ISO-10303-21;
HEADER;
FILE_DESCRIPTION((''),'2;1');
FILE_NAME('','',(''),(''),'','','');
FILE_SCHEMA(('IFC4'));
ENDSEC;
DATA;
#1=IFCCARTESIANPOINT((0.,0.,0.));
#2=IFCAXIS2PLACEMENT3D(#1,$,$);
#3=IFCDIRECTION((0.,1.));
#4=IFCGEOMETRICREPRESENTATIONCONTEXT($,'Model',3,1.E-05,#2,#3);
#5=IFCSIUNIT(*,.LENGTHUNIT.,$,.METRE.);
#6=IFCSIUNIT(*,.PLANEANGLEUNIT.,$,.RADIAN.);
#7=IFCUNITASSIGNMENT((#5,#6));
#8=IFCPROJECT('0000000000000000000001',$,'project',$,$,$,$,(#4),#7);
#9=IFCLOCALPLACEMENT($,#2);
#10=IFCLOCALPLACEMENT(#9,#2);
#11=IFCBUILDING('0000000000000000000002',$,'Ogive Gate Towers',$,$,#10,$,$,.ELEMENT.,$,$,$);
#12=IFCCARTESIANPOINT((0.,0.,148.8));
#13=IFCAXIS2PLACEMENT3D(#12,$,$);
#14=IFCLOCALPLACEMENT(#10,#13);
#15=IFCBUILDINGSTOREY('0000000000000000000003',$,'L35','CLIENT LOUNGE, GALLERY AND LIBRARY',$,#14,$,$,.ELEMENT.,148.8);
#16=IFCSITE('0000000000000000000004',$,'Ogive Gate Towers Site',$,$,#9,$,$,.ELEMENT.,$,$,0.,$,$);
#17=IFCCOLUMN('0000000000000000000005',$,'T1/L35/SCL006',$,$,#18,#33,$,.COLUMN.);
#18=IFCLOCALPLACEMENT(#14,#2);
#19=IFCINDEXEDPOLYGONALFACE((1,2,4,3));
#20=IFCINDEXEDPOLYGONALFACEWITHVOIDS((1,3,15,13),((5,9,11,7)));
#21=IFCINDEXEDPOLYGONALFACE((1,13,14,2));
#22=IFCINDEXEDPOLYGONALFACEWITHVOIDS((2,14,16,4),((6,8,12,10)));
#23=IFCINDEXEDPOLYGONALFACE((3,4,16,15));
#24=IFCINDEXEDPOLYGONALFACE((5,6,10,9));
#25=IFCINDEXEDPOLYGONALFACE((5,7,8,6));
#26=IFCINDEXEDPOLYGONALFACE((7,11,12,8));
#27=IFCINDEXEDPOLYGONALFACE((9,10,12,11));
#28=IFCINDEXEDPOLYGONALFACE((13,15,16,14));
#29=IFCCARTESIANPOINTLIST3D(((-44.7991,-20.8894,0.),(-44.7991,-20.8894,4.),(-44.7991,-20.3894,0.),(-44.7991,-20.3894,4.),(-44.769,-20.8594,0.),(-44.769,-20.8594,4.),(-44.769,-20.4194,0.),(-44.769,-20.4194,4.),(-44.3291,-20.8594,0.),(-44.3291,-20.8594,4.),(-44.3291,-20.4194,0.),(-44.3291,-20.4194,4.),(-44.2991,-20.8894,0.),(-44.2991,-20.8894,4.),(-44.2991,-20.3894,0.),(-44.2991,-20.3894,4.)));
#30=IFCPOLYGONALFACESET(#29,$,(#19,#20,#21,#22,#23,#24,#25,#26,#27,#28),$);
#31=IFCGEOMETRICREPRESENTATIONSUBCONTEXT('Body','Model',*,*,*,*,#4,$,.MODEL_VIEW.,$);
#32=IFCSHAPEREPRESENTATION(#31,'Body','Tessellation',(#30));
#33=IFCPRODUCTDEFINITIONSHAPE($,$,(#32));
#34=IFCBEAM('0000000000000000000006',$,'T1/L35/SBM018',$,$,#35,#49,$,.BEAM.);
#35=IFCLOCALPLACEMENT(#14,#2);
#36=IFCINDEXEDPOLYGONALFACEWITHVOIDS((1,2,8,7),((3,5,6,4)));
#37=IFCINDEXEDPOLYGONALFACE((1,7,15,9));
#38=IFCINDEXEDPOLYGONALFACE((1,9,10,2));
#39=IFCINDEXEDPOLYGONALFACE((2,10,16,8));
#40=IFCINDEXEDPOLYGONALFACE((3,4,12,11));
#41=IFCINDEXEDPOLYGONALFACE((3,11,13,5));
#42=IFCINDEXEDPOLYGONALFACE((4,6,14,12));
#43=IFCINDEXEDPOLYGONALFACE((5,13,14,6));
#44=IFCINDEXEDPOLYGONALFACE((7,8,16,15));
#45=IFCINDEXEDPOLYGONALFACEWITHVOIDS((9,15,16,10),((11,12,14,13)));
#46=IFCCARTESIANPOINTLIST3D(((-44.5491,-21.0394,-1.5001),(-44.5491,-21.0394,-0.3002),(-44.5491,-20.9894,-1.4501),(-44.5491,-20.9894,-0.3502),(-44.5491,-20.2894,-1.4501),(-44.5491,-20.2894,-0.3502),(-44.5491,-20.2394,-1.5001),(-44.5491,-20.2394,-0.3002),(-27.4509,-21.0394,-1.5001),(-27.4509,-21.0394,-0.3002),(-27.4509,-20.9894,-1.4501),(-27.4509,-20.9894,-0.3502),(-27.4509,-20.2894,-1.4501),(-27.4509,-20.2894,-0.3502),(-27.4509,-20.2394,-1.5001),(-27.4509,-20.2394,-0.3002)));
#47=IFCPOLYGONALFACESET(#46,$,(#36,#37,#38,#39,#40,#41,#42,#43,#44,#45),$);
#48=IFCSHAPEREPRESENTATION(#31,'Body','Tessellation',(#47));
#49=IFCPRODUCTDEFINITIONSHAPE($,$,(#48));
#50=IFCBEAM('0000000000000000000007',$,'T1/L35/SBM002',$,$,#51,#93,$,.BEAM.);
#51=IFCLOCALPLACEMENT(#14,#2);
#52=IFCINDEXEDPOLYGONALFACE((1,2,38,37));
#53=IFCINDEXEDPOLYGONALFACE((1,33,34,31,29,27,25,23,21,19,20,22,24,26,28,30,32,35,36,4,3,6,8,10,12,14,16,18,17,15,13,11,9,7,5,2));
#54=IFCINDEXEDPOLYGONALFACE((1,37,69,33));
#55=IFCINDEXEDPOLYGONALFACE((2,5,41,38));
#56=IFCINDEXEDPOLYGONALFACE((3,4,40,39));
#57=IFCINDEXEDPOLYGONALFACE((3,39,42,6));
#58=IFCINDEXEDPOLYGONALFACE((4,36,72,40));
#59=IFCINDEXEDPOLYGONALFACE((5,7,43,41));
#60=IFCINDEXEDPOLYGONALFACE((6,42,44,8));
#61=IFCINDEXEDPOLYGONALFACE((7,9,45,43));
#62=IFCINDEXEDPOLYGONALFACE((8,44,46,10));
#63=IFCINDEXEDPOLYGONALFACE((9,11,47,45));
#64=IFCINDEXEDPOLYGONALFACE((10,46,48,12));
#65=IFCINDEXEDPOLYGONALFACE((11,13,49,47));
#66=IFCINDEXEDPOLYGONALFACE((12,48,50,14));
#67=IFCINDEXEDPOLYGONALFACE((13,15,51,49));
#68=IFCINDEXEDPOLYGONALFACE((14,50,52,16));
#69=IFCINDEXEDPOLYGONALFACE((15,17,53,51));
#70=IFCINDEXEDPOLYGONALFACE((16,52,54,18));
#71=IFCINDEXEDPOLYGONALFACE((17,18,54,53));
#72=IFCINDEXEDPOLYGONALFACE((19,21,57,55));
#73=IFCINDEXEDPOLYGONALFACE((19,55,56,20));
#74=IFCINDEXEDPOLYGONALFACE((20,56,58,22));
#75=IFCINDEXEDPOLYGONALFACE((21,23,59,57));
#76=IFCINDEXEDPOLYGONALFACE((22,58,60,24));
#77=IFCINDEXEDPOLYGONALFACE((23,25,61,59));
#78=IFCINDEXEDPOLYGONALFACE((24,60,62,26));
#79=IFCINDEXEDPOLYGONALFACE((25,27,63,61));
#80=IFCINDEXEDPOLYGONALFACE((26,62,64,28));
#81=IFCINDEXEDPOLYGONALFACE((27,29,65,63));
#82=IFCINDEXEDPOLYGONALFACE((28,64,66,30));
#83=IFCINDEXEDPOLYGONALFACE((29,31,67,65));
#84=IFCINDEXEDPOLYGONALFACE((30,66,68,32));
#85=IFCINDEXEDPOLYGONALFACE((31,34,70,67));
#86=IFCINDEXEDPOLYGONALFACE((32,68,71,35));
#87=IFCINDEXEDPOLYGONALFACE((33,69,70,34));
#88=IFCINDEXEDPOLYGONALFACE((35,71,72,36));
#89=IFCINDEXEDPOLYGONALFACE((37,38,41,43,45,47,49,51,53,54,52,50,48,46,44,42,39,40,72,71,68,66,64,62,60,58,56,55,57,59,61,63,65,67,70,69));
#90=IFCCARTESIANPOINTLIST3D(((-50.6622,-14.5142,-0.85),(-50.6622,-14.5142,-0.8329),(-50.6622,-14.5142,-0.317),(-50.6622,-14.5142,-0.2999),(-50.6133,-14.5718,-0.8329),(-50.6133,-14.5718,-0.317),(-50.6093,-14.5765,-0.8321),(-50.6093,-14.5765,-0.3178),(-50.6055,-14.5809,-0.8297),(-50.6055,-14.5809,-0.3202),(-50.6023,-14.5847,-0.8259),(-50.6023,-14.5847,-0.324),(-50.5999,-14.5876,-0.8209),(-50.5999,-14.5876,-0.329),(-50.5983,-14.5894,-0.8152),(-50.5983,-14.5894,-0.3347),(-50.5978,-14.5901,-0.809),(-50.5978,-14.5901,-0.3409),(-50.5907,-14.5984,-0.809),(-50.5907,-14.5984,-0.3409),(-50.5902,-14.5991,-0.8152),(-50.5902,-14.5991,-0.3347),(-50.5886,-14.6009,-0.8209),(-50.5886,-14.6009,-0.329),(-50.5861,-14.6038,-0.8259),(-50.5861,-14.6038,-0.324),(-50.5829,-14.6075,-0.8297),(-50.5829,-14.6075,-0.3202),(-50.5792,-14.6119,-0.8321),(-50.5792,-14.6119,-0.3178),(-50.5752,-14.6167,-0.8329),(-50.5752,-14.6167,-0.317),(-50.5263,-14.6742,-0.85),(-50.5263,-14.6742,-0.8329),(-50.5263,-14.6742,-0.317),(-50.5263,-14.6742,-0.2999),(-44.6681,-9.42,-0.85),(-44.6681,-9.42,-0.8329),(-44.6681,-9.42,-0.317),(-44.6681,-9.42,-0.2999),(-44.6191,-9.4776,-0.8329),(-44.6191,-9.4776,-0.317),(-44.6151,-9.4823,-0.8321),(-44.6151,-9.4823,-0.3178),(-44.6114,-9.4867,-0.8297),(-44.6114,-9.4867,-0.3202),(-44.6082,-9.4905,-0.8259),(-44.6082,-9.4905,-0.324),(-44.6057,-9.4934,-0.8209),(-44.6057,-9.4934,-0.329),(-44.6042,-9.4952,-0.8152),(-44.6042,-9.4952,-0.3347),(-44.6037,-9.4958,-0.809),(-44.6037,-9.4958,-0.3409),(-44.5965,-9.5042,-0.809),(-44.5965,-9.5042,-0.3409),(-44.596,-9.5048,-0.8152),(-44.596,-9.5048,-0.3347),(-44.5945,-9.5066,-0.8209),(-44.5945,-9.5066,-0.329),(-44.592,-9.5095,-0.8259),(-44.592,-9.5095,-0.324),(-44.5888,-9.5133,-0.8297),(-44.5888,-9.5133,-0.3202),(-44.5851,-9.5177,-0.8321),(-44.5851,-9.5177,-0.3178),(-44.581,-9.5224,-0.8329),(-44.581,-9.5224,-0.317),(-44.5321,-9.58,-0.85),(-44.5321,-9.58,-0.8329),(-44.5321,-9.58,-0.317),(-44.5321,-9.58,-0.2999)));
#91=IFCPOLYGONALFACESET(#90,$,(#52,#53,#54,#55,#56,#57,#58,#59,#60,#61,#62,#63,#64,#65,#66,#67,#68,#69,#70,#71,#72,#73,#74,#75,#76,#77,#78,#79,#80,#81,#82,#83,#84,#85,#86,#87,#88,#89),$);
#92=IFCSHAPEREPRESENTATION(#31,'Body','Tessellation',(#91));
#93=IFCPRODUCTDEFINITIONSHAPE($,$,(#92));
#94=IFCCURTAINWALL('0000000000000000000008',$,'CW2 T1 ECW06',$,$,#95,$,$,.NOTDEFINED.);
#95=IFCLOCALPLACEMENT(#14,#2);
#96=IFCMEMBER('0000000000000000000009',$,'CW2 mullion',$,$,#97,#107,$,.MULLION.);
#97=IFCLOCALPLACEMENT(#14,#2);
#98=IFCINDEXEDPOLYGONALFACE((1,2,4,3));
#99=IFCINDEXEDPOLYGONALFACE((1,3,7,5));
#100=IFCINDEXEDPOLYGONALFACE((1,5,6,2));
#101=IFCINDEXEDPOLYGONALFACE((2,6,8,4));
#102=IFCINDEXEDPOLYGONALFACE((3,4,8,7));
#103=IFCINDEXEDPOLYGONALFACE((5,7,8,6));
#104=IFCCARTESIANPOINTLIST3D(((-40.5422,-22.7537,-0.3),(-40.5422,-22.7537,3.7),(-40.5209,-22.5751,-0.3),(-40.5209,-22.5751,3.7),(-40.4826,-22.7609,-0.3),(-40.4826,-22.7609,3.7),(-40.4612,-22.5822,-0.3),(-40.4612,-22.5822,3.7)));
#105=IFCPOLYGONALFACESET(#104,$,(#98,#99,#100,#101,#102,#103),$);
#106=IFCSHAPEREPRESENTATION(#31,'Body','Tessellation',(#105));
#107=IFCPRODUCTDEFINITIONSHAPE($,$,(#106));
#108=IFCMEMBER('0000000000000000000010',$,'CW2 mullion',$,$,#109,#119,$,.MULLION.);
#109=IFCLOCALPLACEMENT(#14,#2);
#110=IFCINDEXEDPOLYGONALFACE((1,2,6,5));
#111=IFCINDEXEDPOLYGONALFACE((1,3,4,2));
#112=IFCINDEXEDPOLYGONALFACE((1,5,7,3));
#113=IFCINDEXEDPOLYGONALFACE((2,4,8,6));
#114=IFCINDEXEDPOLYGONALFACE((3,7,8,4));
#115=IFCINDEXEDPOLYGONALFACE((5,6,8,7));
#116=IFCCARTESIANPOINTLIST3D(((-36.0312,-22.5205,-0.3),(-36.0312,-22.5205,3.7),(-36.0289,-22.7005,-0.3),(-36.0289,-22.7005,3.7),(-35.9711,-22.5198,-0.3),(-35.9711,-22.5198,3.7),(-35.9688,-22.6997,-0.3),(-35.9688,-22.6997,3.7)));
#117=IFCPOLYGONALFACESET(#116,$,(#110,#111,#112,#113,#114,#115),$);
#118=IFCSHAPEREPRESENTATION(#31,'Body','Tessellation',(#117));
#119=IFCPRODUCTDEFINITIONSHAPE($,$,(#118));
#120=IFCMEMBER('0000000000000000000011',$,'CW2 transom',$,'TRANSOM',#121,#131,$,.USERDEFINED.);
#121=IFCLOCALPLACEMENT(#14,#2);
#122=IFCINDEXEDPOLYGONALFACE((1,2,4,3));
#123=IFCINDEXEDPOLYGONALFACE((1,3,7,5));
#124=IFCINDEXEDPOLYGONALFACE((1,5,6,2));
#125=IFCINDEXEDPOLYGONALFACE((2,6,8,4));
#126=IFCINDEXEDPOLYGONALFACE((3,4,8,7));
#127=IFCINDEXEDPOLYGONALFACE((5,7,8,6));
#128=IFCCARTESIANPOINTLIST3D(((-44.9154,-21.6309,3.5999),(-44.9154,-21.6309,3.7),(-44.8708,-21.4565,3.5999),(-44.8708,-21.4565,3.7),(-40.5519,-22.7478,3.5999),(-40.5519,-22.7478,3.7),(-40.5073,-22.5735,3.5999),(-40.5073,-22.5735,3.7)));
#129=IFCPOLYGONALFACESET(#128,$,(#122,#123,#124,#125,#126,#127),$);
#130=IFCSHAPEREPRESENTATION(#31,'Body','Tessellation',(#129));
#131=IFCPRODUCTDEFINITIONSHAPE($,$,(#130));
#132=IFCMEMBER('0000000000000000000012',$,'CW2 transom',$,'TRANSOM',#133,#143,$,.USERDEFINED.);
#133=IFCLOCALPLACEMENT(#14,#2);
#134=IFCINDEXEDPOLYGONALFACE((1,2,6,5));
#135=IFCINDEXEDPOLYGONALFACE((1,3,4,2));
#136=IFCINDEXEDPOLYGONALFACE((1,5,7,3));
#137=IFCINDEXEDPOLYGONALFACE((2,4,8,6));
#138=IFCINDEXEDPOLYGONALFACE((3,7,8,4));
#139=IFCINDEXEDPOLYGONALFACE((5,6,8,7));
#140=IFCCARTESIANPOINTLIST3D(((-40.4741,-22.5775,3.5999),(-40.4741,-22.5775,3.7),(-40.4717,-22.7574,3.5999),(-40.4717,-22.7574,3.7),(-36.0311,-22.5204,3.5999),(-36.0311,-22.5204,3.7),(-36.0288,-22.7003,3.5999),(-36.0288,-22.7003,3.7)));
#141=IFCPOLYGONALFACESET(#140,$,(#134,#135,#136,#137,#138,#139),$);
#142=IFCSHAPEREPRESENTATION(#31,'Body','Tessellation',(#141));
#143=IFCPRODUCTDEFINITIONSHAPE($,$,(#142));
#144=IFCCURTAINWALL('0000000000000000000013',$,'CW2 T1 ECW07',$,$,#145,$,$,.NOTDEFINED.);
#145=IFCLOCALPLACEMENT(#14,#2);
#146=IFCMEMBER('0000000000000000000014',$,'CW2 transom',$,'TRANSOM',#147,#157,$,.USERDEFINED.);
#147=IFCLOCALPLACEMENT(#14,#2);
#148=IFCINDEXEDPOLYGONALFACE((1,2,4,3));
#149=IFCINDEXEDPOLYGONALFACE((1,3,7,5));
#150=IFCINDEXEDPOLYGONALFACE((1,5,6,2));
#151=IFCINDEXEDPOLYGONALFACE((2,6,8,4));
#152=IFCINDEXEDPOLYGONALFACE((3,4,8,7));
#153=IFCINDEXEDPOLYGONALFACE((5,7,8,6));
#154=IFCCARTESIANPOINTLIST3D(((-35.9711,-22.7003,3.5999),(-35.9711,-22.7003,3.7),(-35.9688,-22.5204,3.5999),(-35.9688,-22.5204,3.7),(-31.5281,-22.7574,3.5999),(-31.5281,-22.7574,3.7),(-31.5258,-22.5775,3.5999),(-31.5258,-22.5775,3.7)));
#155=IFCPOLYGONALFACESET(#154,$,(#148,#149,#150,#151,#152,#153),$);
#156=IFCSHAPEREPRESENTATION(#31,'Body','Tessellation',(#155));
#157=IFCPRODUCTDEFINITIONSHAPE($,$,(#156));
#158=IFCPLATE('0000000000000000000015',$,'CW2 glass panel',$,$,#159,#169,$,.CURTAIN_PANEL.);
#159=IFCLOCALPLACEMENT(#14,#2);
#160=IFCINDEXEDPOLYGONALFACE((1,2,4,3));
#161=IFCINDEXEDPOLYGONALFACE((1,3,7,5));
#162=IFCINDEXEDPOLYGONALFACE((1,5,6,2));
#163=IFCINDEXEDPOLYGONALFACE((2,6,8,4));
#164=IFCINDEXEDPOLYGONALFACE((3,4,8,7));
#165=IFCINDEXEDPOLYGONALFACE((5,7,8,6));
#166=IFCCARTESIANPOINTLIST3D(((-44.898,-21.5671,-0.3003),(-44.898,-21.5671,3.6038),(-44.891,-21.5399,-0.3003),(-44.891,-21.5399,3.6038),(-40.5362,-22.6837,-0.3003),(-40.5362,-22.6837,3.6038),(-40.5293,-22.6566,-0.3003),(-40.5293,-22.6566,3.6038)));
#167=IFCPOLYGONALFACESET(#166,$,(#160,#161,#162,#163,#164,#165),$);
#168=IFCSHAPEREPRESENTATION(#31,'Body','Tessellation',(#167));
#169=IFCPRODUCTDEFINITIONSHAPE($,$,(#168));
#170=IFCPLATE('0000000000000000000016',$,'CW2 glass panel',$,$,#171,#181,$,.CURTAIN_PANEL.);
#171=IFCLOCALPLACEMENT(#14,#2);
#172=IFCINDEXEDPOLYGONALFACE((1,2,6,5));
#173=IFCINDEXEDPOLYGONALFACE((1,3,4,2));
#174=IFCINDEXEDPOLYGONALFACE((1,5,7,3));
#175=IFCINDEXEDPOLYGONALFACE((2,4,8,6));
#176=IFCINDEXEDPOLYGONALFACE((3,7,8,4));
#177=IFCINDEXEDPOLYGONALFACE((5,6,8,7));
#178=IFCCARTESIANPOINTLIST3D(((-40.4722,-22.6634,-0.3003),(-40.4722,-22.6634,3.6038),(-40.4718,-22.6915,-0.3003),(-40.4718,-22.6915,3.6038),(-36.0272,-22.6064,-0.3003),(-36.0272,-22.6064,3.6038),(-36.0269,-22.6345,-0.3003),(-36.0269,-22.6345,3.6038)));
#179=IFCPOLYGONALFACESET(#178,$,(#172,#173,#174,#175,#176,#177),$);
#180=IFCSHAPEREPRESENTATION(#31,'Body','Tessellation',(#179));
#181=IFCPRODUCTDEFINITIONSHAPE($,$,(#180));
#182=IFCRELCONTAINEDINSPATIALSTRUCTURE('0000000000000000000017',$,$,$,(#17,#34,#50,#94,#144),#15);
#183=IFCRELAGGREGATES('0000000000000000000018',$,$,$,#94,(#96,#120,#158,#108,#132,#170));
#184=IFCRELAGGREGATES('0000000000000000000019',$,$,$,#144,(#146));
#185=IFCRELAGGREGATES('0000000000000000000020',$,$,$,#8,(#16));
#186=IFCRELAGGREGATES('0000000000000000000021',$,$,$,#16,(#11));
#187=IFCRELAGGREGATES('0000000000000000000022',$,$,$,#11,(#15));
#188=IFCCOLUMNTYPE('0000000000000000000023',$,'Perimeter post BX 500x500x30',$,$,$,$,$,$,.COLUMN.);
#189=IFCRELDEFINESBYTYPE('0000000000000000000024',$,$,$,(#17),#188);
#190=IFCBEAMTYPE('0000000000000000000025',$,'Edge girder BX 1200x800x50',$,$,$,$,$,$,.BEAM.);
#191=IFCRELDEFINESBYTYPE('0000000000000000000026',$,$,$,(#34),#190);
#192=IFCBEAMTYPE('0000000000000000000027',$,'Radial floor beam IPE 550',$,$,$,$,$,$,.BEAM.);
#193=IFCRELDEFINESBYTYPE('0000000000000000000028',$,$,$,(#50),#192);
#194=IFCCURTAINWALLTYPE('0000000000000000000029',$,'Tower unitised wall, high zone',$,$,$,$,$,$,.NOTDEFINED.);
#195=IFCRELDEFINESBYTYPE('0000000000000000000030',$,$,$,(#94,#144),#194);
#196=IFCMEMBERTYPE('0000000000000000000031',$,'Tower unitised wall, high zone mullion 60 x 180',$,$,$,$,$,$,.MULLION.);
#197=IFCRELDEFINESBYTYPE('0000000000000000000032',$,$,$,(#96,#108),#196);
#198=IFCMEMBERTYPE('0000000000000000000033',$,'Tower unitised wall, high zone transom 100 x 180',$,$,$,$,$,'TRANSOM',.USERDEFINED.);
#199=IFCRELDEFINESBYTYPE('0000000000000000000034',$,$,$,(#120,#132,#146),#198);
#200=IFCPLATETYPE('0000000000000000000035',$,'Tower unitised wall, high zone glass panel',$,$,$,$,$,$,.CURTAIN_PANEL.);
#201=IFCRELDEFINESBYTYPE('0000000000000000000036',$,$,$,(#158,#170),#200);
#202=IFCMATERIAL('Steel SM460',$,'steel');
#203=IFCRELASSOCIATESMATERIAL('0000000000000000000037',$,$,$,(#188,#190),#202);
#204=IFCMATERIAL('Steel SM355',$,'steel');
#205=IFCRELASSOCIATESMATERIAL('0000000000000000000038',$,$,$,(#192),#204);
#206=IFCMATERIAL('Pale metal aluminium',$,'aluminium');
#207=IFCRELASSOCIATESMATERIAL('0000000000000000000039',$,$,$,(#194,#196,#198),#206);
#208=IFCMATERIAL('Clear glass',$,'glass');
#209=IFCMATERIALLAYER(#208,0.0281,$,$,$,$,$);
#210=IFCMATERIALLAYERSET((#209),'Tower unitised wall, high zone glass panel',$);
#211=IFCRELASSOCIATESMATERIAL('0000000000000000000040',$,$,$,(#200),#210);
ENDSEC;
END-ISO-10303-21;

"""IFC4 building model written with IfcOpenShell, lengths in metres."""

from ifc_helpers import new_model, si_unit, direction, frame, origin, origin_2d, place, context, subcontext, project, spatial, rectangle, hollow_rectangle, i_section, extrude, material, layer, layer_set, material_profile, profile_set, type_object, element, aggregate, save


model = new_model("IFC4")

# Units and contexts
model_context = context("Model", 3, precision=1e-05, world=origin(), true_north=direction((0.0, 1.0)))
body_context = subcontext(model_context, "Body", "Model", "MODEL_VIEW")
ifc_project = project(units=[si_unit("LENGTHUNIT", "METRE"), si_unit("PLANEANGLEUNIT", "RADIAN")], contexts=[model_context])

# Site, building, storey
site_placement = place(None, origin())
site = spatial("IfcSite", under=ifc_project, at=site_placement, Name="Ogive Gate Towers Site", CompositionType="ELEMENT", RefElevation=0.0)
building_placement = place(site_placement, origin())
building = spatial("IfcBuilding", under=site, at=building_placement, Name="Ogive Gate Towers", CompositionType="ELEMENT")
storey_placement = place(building_placement, frame((0.0, 0.0, 148.8)))
storey = spatial("IfcBuildingStorey", under=building, at=storey_placement, Name="L35", Description="CLIENT LOUNGE, GALLERY AND LIBRARY", CompositionType="ELEMENT", Elevation=148.8)

# Column
ifc_material_1 = material(Name="Steel SM460", Category="steel")
ifc_material_profile_1 = material_profile(ifc_material_1, hollow_rectangle(XDim=0.5, YDim=0.5, WallThickness=0.03, at=origin_2d()), Name="BX 500x500x30")
ifc_profile_set_1 = profile_set([ifc_material_profile_1], Name="Steel SM460")
column_type = type_object("IfcColumnType", Name="Perimeter post BX 500x500x30", PredefinedType="COLUMN", material=ifc_profile_set_1)
column_placement = place(storey_placement, frame((-44.5491, -20.6394, 0.0), z_axis=(0.0, 0.0, 1.0), x_axis=(1.0, 0.0, 0.0)))
element("IfcColumn", 1, at=column_placement, inside=storey, type_object=column_type, Name="T1/L35/SCL006", PredefinedType="COLUMN", context=body_context, shape_type="SweptSolid", body=[
    extrude(hollow_rectangle(XDim=0.5, YDim=0.5, WallThickness=0.03, at=origin_2d()), origin(), (0.0, 0.0, 1.0), 4.0),
])

# Beams
ifc_material_profile_2 = material_profile(ifc_material_1, hollow_rectangle(XDim=0.8, YDim=1.2, WallThickness=0.05, at=origin_2d()), Name="BX 1200x800x50")
ifc_profile_set_2 = profile_set([ifc_material_profile_2], Name="Steel SM460")
beam_type_1 = type_object("IfcBeamType", Name="Edge girder BX 1200x800x50", PredefinedType="BEAM", material=ifc_profile_set_2)
beam_1_placement = place(storey_placement, frame((-44.5491, -20.6394, -0.9001), z_axis=(1.0, 0.0, 0.0), x_axis=(0.0, 1.0, 0.0)))
element("IfcBeam", 2, at=beam_1_placement, inside=storey, type_object=beam_type_1, Name="T1/L35/SBM018", PredefinedType="BEAM", context=body_context, shape_type="SweptSolid", body=[
    extrude(hollow_rectangle(XDim=0.8, YDim=1.2, WallThickness=0.05, at=origin_2d()), origin(), (0.0, 0.0, 1.0), 17.0981),
])
ifc_material_2 = material(Name="Steel SM355", Category="steel")
ifc_material_profile_3 = material_profile(ifc_material_2, i_section(OverallWidth=0.21, OverallDepth=0.55, WebThickness=0.011, FlangeThickness=0.0171, FilletRadius=0.0239, at=origin_2d()), Name="IPE 550")
ifc_profile_set_3 = profile_set([ifc_material_profile_3], Name="Steel SM355")
beam_type_2 = type_object("IfcBeamType", Name="Radial floor beam IPE 550", PredefinedType="BEAM", material=ifc_profile_set_3)
beam_2_placement = place(storey_placement, frame((-44.6001, -9.5, -0.575), z_axis=(-0.761988, -0.647591, 0.0), x_axis=(0.647591, -0.761988, 0.0)))
element("IfcBeam", 3, at=beam_2_placement, inside=storey, type_object=beam_type_2, Name="T1/L35/SBM002", PredefinedType="BEAM", context=body_context, shape_type="SweptSolid", body=[
    extrude(i_section(OverallWidth=0.21, OverallDepth=0.55, WebThickness=0.011, FlangeThickness=0.0171, FilletRadius=0.0239, at=origin_2d()), origin(), (0.0, 0.0, 1.0), 7.8665),
])

# Curtain wall, members
ifc_material_3 = material(Name="Pale metal aluminium", Category="aluminium")
curtain_wall_type = type_object("IfcCurtainWallType", Name="Tower unitised wall, high zone", PredefinedType="NOTDEFINED", material=ifc_material_3)
curtain_wall_1_placement = place(storey_placement, origin())
curtain_wall_1 = element("IfcCurtainWall", 4, at=curtain_wall_1_placement, inside=storey, type_object=curtain_wall_type, Name="CW2 T1 ECW06", PredefinedType="NOTDEFINED")
ifc_material_profile_4 = material_profile(ifc_material_3, rectangle(XDim=0.1799, YDim=0.0601, at=origin_2d()), Name="60 x 180 aluminium box")
ifc_profile_set_4 = profile_set([ifc_material_profile_4], Name="Pale metal aluminium")
member_type_1 = type_object("IfcMemberType", Name="Tower unitised wall, high zone mullion 60 x 180", PredefinedType="MULLION", material=ifc_profile_set_4)
member_1_placement = place(storey_placement, frame((-40.5017, -22.668, -0.3), z_axis=(0.0, 0.0, 1.0), x_axis=(-0.118612, -0.992941, 0.0)))
member_1 = element("IfcMember", 5, at=member_1_placement, type_object=member_type_1, Name="CW2 mullion", PredefinedType="MULLION", context=body_context, shape_type="SweptSolid", body=[
    extrude(rectangle(XDim=0.1799, YDim=0.0601, at=origin_2d()), origin(), (0.0, 0.0, 1.0), 4.0),
])
member_2_placement = place(storey_placement, frame((-36.0, -22.6101, -0.3), z_axis=(0.0, 0.0, 1.0), x_axis=(0.012828, -0.999918, 0.0)))
member_2 = element("IfcMember", 6, at=member_2_placement, type_object=member_type_1, Name="CW2 mullion", PredefinedType="MULLION", context=body_context, shape_type="SweptSolid", body=[
    extrude(rectangle(XDim=0.1799, YDim=0.0601, at=origin_2d()), origin(), (0.0, 0.0, 1.0), 4.0),
])
ifc_material_profile_5 = material_profile(ifc_material_3, rectangle(XDim=0.1799, YDim=0.1001, at=origin_2d()), Name="100 x 180 aluminium box")
ifc_profile_set_5 = profile_set([ifc_material_profile_5], Name="Pale metal aluminium")
member_type_2 = type_object("IfcMemberType", Name="Tower unitised wall, high zone transom 100 x 180", ElementType="TRANSOM", PredefinedType="USERDEFINED", material=ifc_profile_set_5)
member_3_placement = place(storey_placement, frame((-44.8931, -21.5437, 3.6499), z_axis=(0.968766, -0.247978, 0.0), x_axis=(0.247978, 0.968766, 0.0)))
member_3 = element("IfcMember", 7, at=member_3_placement, type_object=member_type_2, Name="CW2 transom", ObjectType="TRANSOM", PredefinedType="USERDEFINED", context=body_context, shape_type="SweptSolid", body=[
    extrude(rectangle(XDim=0.1799, YDim=0.1001, at=origin_2d()), origin(), (0.0, 0.0, 1.0), 4.5042),
])
member_4_placement = place(storey_placement, frame((-40.4729, -22.6675, 3.6499), z_axis=(0.999917, 0.012857, 0.0), x_axis=(-0.012857, 0.999917, 0.0)))
member_4 = element("IfcMember", 8, at=member_4_placement, type_object=member_type_2, Name="CW2 transom", ObjectType="TRANSOM", PredefinedType="USERDEFINED", context=body_context, shape_type="SweptSolid", body=[
    extrude(rectangle(XDim=0.1799, YDim=0.1001, at=origin_2d()), origin(), (0.0, 0.0, 1.0), 4.4434),
])

# Curtain wall, member
curtain_wall_2_placement = place(storey_placement, origin())
curtain_wall_2 = element("IfcCurtainWall", 9, at=curtain_wall_2_placement, inside=storey, type_object=curtain_wall_type, Name="CW2 T1 ECW07", PredefinedType="NOTDEFINED")
member_5_placement = place(storey_placement, frame((-35.97, -22.6104, 3.6499), z_axis=(0.999917, -0.012857, 0.0), x_axis=(0.012857, 0.999917, 0.0)))
member_5 = element("IfcMember", 10, at=member_5_placement, type_object=member_type_2, Name="CW2 transom", ObjectType="TRANSOM", PredefinedType="USERDEFINED", context=body_context, shape_type="SweptSolid", body=[
    extrude(rectangle(XDim=0.1799, YDim=0.1001, at=origin_2d()), origin(), (0.0, 0.0, 1.0), 4.4434),
])

# Plates
ifc_material_4 = material(Name="Clear glass", Category="glass")
ifc_layer_1 = layer(ifc_material_4, 0.0281)
ifc_layer_set_1 = layer_set([ifc_layer_1], Name="Tower unitised wall, high zone glass panel")
plate_type = type_object("IfcPlateType", Name="Tower unitised wall, high zone glass panel", PredefinedType="CURTAIN_PANEL", material=ifc_layer_set_1)
plate_1_placement = place(storey_placement, frame((-42.7136, -22.1118, -0.3003), z_axis=(0.0, 0.0, 1.0), x_axis=(0.968757, -0.248014, 0.0)))
plate_1 = element("IfcPlate", 11, at=plate_1_placement, type_object=plate_type, Name="CW2 glass panel", PredefinedType="CURTAIN_PANEL", context=body_context, shape_type="SweptSolid", body=[
    extrude(rectangle(XDim=4.5024, YDim=0.0281, at=origin_2d()), origin(), (0.0, 0.0, 1.0), 3.9041),
])
plate_2_placement = place(storey_placement, frame((-38.2495, -22.6489, -0.3003), z_axis=(0.0, 0.0, 1.0), x_axis=(0.999918, 0.012828, 0.0)))
plate_2 = element("IfcPlate", 12, at=plate_2_placement, type_object=plate_type, Name="CW2 glass panel", PredefinedType="CURTAIN_PANEL", context=body_context, shape_type="SweptSolid", body=[
    extrude(rectangle(XDim=4.4453, YDim=0.0281, at=origin_2d()), origin(), (0.0, 0.0, 1.0), 3.9041),
])
aggregate(curtain_wall_1, [member_1, member_3, plate_1, member_2, member_4, plate_2])
aggregate(curtain_wall_2, [member_5])

save(model, "model.ifc")
